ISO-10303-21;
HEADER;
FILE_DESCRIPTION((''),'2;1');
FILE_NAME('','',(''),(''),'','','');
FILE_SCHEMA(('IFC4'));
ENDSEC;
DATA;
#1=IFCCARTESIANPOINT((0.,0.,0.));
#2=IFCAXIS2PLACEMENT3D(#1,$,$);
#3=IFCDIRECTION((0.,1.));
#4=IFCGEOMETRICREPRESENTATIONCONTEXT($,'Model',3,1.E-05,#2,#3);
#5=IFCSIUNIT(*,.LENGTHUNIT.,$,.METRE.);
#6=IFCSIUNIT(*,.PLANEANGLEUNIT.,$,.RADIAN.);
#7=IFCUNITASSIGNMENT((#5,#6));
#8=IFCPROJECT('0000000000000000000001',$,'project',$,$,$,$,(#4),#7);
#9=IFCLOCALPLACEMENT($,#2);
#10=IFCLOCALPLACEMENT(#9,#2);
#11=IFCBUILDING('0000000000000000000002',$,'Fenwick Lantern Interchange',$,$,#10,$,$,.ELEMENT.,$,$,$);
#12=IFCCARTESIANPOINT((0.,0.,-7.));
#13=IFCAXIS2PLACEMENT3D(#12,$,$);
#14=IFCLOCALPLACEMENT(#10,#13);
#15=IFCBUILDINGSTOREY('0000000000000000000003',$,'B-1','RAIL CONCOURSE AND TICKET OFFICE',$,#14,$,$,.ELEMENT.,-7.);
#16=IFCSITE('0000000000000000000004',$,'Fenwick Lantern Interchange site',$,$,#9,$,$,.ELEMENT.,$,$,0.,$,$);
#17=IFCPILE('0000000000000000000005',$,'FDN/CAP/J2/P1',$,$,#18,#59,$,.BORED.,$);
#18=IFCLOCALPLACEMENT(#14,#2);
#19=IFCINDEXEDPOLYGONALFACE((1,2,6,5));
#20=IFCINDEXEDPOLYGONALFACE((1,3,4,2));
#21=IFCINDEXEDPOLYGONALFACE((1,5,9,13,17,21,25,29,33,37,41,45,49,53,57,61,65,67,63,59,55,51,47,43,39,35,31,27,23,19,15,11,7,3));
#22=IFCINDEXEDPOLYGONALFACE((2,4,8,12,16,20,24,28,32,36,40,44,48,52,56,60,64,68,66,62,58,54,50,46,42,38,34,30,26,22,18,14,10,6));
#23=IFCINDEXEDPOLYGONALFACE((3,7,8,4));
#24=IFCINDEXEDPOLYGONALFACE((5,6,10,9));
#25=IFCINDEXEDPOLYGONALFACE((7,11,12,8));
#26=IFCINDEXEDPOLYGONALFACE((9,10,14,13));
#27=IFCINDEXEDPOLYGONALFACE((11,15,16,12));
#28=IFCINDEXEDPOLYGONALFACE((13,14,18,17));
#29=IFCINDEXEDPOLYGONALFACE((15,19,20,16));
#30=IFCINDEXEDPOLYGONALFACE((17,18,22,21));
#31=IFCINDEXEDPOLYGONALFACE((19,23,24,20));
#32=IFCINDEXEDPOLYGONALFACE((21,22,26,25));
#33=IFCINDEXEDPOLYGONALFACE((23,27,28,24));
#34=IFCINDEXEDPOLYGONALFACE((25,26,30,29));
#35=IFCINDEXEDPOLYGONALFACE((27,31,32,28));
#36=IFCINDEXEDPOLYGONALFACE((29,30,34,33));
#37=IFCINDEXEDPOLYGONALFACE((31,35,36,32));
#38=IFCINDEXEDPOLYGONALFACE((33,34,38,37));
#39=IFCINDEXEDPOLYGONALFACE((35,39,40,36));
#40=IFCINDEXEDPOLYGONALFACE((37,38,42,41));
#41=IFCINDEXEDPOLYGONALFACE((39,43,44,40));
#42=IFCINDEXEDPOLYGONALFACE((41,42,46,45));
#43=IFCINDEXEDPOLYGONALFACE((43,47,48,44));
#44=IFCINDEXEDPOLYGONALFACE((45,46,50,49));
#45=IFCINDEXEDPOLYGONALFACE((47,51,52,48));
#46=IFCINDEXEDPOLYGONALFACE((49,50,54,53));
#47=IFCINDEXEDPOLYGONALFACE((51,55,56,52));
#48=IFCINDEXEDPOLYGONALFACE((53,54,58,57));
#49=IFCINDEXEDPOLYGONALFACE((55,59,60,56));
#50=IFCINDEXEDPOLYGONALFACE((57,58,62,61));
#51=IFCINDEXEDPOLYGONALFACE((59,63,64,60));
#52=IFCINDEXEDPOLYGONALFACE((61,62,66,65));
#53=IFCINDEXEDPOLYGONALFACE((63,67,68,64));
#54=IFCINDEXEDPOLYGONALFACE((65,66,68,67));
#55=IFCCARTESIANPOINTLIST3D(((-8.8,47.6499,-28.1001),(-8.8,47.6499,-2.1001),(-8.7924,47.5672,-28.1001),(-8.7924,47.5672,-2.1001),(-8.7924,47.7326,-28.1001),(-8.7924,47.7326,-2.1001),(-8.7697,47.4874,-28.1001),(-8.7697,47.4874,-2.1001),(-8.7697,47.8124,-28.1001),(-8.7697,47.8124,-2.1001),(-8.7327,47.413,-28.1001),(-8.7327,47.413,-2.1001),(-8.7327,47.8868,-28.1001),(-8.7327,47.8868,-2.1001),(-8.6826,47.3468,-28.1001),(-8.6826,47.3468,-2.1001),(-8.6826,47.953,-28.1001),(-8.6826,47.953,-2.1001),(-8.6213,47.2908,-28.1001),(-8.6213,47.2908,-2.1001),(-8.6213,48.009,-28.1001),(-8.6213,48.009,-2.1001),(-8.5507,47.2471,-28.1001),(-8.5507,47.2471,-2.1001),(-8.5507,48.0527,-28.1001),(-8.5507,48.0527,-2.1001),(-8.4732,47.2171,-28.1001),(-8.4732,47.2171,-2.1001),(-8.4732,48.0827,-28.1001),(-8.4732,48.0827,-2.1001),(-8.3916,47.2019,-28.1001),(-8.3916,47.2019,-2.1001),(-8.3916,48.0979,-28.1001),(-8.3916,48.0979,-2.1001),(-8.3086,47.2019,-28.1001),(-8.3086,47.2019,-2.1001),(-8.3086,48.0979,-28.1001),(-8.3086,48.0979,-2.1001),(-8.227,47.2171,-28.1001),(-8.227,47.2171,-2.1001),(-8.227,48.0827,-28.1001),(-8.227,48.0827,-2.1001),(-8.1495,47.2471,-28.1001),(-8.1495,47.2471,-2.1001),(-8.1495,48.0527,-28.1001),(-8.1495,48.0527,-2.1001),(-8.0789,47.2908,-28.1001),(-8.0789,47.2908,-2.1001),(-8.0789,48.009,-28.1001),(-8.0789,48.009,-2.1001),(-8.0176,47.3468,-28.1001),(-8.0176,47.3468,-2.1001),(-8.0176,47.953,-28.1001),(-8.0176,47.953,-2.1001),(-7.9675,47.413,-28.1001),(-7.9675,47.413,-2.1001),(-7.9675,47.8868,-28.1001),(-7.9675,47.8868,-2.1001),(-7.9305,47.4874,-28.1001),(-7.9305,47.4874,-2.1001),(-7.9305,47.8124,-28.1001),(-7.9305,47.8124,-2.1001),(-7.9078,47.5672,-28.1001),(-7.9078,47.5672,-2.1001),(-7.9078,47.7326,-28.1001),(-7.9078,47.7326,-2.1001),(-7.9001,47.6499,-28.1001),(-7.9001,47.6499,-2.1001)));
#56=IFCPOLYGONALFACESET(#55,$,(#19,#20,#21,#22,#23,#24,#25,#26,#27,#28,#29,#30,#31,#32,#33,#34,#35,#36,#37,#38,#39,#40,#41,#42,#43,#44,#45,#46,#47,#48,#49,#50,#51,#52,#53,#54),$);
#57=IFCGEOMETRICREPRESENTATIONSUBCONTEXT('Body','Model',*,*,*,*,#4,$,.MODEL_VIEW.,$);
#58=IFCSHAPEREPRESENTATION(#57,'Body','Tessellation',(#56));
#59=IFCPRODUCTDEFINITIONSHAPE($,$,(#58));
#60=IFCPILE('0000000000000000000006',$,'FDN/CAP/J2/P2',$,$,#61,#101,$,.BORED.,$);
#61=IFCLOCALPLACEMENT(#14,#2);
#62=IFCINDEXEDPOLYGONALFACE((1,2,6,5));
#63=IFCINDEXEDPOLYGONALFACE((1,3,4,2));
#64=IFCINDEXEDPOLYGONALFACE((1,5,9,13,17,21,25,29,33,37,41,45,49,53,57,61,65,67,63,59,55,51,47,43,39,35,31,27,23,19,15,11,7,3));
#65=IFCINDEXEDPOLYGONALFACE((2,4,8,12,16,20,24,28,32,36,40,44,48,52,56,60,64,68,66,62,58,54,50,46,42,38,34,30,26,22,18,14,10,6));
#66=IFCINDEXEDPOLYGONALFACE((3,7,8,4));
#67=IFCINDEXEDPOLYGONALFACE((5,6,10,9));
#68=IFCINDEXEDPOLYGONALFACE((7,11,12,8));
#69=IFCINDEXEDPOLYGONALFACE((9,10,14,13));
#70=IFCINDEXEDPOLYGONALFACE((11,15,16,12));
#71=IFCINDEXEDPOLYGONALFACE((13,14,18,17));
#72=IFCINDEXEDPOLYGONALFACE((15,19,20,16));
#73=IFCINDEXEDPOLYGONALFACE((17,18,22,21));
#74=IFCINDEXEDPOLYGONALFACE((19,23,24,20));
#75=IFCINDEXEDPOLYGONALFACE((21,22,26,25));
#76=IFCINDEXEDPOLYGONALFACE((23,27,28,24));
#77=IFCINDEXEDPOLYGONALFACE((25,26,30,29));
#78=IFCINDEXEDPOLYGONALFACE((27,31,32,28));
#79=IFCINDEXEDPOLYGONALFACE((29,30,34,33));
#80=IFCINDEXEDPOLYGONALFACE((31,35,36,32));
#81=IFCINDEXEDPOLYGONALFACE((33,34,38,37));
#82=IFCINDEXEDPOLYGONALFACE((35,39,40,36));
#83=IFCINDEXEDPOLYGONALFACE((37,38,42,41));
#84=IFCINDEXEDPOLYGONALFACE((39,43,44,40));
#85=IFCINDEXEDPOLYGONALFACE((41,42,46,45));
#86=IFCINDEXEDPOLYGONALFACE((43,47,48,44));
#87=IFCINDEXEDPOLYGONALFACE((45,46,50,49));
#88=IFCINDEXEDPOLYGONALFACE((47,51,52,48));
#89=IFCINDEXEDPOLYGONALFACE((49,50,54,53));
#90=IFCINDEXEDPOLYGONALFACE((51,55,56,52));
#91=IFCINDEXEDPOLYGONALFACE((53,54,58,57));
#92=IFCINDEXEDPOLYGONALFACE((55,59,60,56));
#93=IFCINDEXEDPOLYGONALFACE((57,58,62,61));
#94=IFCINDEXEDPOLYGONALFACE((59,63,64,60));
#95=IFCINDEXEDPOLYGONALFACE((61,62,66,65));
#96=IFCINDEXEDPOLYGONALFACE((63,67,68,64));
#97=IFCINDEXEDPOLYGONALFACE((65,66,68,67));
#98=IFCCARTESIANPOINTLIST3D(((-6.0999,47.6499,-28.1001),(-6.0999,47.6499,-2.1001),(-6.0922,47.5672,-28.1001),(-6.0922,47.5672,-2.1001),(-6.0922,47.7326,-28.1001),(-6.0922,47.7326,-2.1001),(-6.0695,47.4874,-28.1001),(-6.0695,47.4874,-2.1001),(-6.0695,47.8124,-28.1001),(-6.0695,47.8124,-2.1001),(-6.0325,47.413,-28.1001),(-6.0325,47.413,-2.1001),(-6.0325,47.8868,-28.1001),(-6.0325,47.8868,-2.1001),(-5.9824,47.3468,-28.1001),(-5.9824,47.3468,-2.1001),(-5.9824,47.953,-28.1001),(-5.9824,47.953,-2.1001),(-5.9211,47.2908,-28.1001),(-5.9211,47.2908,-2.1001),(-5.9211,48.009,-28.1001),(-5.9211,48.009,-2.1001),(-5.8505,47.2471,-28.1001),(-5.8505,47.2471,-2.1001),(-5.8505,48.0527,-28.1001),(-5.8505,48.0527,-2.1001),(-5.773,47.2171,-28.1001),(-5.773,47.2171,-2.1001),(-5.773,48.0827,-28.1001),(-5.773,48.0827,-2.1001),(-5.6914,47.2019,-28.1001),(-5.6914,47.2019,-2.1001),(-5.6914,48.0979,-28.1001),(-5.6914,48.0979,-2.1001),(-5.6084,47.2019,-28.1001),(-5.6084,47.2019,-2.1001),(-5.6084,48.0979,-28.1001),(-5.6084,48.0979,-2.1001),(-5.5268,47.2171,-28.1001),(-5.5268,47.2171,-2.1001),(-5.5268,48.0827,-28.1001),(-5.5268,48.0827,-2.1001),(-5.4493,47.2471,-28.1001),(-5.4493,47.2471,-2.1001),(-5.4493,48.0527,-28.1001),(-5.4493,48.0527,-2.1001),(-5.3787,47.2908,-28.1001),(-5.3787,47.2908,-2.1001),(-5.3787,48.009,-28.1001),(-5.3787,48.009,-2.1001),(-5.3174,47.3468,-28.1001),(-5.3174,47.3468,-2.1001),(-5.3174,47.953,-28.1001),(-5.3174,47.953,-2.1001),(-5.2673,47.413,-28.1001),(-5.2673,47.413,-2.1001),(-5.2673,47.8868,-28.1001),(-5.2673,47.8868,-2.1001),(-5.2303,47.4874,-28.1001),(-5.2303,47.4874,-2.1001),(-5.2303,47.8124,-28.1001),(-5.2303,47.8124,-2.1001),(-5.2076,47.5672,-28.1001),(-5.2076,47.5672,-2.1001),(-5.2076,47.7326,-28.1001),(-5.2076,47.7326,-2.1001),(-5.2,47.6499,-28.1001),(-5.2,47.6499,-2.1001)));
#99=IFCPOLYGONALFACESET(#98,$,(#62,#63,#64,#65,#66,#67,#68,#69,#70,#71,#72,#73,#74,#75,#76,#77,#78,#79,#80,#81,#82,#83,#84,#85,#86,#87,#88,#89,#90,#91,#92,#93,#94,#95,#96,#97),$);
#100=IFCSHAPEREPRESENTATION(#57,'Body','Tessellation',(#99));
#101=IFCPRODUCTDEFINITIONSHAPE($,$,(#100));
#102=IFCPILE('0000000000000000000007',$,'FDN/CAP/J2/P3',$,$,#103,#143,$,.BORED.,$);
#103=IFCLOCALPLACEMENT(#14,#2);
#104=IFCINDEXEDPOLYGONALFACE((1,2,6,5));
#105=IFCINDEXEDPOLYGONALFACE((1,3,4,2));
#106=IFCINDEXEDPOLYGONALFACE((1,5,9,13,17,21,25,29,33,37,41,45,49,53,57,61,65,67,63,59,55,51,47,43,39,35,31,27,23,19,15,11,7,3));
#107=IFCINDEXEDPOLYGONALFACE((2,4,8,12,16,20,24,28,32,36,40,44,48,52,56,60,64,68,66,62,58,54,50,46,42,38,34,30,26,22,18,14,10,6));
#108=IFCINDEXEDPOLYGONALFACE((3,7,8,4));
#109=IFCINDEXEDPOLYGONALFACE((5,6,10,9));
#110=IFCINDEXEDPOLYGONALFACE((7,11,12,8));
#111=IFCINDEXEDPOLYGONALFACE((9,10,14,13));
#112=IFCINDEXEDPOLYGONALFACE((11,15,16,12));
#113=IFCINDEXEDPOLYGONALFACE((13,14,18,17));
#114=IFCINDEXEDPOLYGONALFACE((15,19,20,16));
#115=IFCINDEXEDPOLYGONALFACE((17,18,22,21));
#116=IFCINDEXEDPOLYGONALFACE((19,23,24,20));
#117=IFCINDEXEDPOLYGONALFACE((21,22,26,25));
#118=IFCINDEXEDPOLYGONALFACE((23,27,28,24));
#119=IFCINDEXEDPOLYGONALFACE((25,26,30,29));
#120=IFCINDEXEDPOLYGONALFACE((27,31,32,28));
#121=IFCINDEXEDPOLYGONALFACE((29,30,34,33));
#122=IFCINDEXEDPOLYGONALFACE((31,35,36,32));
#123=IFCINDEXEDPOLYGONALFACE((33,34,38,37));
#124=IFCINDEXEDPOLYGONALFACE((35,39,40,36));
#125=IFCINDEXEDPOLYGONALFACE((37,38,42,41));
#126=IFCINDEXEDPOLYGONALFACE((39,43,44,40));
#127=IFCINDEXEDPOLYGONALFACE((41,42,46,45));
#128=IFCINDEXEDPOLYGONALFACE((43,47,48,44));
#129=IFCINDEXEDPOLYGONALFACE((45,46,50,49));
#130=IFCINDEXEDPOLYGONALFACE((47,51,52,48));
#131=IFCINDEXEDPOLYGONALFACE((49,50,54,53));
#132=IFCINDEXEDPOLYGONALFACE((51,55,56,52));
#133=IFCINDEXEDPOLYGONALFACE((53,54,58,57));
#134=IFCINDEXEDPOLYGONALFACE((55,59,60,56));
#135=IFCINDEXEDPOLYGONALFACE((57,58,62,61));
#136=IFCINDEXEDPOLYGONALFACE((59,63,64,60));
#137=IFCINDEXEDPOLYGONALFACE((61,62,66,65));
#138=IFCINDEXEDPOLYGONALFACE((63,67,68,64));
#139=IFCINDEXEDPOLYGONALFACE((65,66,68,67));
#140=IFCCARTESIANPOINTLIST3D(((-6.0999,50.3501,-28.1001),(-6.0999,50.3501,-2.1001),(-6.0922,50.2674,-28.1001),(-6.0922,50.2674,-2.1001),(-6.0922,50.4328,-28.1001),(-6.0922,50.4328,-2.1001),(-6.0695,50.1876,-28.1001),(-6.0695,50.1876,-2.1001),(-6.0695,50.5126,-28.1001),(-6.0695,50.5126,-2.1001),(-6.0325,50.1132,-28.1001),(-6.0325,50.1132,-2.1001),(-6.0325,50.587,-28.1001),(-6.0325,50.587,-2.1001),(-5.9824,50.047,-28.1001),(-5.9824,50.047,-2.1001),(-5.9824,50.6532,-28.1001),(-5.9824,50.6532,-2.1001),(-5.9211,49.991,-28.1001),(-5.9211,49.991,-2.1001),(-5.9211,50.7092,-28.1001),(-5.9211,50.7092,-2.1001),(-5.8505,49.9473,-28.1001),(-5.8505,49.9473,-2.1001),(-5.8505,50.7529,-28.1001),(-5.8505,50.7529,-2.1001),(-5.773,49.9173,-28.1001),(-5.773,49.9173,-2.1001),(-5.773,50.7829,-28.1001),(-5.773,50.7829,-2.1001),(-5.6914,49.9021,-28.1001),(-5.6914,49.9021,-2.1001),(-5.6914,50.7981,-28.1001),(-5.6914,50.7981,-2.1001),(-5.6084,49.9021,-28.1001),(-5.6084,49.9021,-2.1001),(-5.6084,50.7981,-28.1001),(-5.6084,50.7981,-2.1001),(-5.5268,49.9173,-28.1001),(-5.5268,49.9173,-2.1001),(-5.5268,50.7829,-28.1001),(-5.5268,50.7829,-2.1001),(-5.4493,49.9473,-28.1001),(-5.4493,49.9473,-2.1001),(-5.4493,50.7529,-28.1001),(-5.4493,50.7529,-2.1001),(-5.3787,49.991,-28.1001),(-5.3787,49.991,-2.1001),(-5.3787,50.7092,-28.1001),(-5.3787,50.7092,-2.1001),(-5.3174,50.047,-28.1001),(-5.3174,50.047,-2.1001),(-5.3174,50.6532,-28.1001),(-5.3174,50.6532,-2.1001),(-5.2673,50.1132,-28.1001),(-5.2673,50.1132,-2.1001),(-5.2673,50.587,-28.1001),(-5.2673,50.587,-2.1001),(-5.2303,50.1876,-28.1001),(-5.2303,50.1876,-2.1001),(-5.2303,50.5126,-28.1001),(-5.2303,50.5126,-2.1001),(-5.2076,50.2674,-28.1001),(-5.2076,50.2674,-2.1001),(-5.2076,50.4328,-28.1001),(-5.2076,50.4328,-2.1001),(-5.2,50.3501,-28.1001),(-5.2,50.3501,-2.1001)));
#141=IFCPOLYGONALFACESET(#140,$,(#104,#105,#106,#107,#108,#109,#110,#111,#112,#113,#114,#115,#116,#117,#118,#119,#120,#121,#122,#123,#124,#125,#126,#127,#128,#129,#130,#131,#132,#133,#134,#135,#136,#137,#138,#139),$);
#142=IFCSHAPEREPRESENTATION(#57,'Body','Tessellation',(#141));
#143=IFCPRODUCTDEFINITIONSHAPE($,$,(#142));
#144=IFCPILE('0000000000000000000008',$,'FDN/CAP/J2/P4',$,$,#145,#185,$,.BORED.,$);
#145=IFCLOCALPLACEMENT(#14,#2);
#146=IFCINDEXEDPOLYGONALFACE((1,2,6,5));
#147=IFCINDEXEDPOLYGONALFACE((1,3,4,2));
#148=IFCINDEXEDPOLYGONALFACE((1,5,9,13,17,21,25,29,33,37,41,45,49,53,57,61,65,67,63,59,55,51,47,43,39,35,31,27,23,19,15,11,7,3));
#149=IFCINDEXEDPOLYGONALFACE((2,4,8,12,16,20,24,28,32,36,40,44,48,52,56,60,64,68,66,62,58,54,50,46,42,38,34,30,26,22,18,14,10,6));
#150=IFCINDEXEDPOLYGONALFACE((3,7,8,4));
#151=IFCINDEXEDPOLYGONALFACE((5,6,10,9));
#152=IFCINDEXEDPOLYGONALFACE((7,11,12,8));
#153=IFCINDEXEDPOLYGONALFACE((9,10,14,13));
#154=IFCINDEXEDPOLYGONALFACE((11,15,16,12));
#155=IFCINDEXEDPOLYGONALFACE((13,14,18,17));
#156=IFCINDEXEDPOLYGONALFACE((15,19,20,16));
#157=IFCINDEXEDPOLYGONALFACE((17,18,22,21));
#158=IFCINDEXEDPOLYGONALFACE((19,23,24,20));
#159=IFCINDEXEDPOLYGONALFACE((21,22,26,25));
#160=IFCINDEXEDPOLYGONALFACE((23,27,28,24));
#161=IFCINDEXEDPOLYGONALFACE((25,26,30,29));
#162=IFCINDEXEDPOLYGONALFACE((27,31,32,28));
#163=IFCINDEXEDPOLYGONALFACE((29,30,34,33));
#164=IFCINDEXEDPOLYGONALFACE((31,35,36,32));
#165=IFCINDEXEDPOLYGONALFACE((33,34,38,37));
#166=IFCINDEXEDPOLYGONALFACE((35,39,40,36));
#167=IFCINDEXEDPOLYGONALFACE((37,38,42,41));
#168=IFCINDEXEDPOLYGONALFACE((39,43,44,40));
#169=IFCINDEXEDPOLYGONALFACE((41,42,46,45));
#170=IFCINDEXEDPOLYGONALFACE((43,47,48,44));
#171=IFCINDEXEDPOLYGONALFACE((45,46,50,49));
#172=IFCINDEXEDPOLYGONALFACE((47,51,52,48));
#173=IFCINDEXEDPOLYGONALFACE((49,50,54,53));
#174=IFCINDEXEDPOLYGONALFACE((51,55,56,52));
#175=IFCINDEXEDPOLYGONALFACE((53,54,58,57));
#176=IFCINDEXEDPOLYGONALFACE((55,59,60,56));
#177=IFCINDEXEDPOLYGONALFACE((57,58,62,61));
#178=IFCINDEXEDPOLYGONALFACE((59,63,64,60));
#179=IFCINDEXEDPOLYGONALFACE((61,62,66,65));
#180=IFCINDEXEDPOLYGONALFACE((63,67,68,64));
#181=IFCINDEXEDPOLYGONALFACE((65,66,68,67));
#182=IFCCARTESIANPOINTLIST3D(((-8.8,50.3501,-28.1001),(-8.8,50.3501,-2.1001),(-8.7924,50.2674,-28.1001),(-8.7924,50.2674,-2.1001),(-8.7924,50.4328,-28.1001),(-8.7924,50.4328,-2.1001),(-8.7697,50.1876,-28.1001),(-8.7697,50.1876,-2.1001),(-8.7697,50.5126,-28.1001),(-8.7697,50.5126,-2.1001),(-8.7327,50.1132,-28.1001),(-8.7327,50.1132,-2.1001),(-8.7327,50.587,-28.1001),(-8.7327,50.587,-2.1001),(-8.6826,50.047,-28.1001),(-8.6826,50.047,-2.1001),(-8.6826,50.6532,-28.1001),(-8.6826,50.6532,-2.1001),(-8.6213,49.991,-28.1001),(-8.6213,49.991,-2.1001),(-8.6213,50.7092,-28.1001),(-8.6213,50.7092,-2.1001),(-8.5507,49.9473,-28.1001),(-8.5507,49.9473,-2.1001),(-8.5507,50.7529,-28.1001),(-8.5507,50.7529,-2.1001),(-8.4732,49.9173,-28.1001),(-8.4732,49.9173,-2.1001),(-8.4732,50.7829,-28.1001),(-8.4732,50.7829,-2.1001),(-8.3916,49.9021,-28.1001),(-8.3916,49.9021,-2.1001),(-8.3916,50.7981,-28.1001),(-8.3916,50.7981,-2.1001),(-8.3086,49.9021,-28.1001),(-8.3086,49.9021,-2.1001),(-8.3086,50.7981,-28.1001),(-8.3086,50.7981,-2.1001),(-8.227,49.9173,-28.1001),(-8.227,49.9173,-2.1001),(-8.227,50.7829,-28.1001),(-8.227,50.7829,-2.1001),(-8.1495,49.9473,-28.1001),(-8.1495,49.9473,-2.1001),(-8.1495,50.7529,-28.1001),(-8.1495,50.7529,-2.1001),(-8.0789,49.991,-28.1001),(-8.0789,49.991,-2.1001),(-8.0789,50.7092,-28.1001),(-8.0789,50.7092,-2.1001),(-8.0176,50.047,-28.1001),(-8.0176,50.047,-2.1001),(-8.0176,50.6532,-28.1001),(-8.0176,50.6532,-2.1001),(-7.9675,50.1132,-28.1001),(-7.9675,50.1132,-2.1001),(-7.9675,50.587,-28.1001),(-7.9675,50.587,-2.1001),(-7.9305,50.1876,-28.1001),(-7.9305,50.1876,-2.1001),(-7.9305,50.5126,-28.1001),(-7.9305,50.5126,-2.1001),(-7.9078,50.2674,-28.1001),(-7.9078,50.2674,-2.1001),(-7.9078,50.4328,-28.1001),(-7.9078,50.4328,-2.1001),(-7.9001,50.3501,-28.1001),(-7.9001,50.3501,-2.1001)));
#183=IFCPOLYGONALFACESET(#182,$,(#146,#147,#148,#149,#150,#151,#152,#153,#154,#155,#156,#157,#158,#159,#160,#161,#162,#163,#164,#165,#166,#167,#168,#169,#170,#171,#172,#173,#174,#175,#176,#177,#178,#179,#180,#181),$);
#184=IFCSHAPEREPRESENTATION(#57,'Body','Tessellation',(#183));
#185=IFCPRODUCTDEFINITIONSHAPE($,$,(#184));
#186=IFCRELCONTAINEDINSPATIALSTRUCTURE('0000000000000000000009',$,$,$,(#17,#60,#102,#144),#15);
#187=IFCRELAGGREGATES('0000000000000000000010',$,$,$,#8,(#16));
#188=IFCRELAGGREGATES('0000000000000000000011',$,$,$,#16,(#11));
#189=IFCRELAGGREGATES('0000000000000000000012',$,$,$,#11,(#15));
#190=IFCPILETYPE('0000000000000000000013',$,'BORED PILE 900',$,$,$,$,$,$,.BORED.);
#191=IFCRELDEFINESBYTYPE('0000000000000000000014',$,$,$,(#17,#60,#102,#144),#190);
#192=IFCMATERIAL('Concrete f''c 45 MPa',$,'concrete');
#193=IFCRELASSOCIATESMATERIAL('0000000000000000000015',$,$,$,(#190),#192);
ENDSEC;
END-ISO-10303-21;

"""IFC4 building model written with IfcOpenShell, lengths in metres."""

from ifc_helpers import new_model, si_unit, direction, frame, origin, origin_2d, place, context, subcontext, project, spatial, circle, extrude, material, type_object, element, save


model = new_model("IFC4")

# Units and contexts
model_context = context("Model", 3, precision=1e-05, world=origin(), true_north=direction((0.0, 1.0)))
body_context = subcontext(model_context, "Body", "Model", "MODEL_VIEW")
ifc_project = project(units=[si_unit("LENGTHUNIT", "METRE"), si_unit("PLANEANGLEUNIT", "RADIAN")], contexts=[model_context])

# Site, building, storey
site_placement = place(None, origin())
site = spatial("IfcSite", under=ifc_project, at=site_placement, Name="Fenwick Lantern Interchange site", CompositionType="ELEMENT", RefElevation=0.0)
building_placement = place(site_placement, origin())
building = spatial("IfcBuilding", under=site, at=building_placement, Name="Fenwick Lantern Interchange", CompositionType="ELEMENT")
storey_placement = place(building_placement, frame((0.0, 0.0, -7.0)))
storey = spatial("IfcBuildingStorey", under=building, at=storey_placement, Name="B-1", Description="RAIL CONCOURSE AND TICKET OFFICE", CompositionType="ELEMENT", Elevation=-7.0)

# Piles
ifc_material_1 = material(Name="Concrete f'c 45 MPa", Category="concrete")
pile_type_1 = type_object("IfcPileType", Name="BORED PILE 900", PredefinedType="BORED", material=ifc_material_1)
for number, where, z_axis, x_axis, name in (
    (1, (-8.3501, 47.6499, -2.1001), (0.0, 0.0, -1.0), (1.0, 0.0, 0.0), "FDN/CAP/J2/P1"),
    (2, (-5.6499, 47.6499, -2.1001), (0.0, 0.0, -1.0), (1.0, 0.0, 0.0), "FDN/CAP/J2/P2"),
    (3, (-5.6499, 50.3501, -2.1001), (0.0, 0.0, -1.0), (1.0, 0.0, 0.0), "FDN/CAP/J2/P3"),
    (4, (-8.3501, 50.3501, -2.1001), (0.0, 0.0, -1.0), (1.0, 0.0, 0.0), "FDN/CAP/J2/P4"),
):
    element("IfcPile", number, at=place(storey_placement, frame(where, z_axis=z_axis, x_axis=x_axis)), inside=storey, type_object=pile_type_1, Name=name, PredefinedType="BORED", context=body_context, shape_type="SweptSolid", body=[
        extrude(circle(Radius=0.45, at=origin_2d()), origin(), (0.0, 0.0, 1.0), 26.0),
    ])

save(model, "model.ifc")
